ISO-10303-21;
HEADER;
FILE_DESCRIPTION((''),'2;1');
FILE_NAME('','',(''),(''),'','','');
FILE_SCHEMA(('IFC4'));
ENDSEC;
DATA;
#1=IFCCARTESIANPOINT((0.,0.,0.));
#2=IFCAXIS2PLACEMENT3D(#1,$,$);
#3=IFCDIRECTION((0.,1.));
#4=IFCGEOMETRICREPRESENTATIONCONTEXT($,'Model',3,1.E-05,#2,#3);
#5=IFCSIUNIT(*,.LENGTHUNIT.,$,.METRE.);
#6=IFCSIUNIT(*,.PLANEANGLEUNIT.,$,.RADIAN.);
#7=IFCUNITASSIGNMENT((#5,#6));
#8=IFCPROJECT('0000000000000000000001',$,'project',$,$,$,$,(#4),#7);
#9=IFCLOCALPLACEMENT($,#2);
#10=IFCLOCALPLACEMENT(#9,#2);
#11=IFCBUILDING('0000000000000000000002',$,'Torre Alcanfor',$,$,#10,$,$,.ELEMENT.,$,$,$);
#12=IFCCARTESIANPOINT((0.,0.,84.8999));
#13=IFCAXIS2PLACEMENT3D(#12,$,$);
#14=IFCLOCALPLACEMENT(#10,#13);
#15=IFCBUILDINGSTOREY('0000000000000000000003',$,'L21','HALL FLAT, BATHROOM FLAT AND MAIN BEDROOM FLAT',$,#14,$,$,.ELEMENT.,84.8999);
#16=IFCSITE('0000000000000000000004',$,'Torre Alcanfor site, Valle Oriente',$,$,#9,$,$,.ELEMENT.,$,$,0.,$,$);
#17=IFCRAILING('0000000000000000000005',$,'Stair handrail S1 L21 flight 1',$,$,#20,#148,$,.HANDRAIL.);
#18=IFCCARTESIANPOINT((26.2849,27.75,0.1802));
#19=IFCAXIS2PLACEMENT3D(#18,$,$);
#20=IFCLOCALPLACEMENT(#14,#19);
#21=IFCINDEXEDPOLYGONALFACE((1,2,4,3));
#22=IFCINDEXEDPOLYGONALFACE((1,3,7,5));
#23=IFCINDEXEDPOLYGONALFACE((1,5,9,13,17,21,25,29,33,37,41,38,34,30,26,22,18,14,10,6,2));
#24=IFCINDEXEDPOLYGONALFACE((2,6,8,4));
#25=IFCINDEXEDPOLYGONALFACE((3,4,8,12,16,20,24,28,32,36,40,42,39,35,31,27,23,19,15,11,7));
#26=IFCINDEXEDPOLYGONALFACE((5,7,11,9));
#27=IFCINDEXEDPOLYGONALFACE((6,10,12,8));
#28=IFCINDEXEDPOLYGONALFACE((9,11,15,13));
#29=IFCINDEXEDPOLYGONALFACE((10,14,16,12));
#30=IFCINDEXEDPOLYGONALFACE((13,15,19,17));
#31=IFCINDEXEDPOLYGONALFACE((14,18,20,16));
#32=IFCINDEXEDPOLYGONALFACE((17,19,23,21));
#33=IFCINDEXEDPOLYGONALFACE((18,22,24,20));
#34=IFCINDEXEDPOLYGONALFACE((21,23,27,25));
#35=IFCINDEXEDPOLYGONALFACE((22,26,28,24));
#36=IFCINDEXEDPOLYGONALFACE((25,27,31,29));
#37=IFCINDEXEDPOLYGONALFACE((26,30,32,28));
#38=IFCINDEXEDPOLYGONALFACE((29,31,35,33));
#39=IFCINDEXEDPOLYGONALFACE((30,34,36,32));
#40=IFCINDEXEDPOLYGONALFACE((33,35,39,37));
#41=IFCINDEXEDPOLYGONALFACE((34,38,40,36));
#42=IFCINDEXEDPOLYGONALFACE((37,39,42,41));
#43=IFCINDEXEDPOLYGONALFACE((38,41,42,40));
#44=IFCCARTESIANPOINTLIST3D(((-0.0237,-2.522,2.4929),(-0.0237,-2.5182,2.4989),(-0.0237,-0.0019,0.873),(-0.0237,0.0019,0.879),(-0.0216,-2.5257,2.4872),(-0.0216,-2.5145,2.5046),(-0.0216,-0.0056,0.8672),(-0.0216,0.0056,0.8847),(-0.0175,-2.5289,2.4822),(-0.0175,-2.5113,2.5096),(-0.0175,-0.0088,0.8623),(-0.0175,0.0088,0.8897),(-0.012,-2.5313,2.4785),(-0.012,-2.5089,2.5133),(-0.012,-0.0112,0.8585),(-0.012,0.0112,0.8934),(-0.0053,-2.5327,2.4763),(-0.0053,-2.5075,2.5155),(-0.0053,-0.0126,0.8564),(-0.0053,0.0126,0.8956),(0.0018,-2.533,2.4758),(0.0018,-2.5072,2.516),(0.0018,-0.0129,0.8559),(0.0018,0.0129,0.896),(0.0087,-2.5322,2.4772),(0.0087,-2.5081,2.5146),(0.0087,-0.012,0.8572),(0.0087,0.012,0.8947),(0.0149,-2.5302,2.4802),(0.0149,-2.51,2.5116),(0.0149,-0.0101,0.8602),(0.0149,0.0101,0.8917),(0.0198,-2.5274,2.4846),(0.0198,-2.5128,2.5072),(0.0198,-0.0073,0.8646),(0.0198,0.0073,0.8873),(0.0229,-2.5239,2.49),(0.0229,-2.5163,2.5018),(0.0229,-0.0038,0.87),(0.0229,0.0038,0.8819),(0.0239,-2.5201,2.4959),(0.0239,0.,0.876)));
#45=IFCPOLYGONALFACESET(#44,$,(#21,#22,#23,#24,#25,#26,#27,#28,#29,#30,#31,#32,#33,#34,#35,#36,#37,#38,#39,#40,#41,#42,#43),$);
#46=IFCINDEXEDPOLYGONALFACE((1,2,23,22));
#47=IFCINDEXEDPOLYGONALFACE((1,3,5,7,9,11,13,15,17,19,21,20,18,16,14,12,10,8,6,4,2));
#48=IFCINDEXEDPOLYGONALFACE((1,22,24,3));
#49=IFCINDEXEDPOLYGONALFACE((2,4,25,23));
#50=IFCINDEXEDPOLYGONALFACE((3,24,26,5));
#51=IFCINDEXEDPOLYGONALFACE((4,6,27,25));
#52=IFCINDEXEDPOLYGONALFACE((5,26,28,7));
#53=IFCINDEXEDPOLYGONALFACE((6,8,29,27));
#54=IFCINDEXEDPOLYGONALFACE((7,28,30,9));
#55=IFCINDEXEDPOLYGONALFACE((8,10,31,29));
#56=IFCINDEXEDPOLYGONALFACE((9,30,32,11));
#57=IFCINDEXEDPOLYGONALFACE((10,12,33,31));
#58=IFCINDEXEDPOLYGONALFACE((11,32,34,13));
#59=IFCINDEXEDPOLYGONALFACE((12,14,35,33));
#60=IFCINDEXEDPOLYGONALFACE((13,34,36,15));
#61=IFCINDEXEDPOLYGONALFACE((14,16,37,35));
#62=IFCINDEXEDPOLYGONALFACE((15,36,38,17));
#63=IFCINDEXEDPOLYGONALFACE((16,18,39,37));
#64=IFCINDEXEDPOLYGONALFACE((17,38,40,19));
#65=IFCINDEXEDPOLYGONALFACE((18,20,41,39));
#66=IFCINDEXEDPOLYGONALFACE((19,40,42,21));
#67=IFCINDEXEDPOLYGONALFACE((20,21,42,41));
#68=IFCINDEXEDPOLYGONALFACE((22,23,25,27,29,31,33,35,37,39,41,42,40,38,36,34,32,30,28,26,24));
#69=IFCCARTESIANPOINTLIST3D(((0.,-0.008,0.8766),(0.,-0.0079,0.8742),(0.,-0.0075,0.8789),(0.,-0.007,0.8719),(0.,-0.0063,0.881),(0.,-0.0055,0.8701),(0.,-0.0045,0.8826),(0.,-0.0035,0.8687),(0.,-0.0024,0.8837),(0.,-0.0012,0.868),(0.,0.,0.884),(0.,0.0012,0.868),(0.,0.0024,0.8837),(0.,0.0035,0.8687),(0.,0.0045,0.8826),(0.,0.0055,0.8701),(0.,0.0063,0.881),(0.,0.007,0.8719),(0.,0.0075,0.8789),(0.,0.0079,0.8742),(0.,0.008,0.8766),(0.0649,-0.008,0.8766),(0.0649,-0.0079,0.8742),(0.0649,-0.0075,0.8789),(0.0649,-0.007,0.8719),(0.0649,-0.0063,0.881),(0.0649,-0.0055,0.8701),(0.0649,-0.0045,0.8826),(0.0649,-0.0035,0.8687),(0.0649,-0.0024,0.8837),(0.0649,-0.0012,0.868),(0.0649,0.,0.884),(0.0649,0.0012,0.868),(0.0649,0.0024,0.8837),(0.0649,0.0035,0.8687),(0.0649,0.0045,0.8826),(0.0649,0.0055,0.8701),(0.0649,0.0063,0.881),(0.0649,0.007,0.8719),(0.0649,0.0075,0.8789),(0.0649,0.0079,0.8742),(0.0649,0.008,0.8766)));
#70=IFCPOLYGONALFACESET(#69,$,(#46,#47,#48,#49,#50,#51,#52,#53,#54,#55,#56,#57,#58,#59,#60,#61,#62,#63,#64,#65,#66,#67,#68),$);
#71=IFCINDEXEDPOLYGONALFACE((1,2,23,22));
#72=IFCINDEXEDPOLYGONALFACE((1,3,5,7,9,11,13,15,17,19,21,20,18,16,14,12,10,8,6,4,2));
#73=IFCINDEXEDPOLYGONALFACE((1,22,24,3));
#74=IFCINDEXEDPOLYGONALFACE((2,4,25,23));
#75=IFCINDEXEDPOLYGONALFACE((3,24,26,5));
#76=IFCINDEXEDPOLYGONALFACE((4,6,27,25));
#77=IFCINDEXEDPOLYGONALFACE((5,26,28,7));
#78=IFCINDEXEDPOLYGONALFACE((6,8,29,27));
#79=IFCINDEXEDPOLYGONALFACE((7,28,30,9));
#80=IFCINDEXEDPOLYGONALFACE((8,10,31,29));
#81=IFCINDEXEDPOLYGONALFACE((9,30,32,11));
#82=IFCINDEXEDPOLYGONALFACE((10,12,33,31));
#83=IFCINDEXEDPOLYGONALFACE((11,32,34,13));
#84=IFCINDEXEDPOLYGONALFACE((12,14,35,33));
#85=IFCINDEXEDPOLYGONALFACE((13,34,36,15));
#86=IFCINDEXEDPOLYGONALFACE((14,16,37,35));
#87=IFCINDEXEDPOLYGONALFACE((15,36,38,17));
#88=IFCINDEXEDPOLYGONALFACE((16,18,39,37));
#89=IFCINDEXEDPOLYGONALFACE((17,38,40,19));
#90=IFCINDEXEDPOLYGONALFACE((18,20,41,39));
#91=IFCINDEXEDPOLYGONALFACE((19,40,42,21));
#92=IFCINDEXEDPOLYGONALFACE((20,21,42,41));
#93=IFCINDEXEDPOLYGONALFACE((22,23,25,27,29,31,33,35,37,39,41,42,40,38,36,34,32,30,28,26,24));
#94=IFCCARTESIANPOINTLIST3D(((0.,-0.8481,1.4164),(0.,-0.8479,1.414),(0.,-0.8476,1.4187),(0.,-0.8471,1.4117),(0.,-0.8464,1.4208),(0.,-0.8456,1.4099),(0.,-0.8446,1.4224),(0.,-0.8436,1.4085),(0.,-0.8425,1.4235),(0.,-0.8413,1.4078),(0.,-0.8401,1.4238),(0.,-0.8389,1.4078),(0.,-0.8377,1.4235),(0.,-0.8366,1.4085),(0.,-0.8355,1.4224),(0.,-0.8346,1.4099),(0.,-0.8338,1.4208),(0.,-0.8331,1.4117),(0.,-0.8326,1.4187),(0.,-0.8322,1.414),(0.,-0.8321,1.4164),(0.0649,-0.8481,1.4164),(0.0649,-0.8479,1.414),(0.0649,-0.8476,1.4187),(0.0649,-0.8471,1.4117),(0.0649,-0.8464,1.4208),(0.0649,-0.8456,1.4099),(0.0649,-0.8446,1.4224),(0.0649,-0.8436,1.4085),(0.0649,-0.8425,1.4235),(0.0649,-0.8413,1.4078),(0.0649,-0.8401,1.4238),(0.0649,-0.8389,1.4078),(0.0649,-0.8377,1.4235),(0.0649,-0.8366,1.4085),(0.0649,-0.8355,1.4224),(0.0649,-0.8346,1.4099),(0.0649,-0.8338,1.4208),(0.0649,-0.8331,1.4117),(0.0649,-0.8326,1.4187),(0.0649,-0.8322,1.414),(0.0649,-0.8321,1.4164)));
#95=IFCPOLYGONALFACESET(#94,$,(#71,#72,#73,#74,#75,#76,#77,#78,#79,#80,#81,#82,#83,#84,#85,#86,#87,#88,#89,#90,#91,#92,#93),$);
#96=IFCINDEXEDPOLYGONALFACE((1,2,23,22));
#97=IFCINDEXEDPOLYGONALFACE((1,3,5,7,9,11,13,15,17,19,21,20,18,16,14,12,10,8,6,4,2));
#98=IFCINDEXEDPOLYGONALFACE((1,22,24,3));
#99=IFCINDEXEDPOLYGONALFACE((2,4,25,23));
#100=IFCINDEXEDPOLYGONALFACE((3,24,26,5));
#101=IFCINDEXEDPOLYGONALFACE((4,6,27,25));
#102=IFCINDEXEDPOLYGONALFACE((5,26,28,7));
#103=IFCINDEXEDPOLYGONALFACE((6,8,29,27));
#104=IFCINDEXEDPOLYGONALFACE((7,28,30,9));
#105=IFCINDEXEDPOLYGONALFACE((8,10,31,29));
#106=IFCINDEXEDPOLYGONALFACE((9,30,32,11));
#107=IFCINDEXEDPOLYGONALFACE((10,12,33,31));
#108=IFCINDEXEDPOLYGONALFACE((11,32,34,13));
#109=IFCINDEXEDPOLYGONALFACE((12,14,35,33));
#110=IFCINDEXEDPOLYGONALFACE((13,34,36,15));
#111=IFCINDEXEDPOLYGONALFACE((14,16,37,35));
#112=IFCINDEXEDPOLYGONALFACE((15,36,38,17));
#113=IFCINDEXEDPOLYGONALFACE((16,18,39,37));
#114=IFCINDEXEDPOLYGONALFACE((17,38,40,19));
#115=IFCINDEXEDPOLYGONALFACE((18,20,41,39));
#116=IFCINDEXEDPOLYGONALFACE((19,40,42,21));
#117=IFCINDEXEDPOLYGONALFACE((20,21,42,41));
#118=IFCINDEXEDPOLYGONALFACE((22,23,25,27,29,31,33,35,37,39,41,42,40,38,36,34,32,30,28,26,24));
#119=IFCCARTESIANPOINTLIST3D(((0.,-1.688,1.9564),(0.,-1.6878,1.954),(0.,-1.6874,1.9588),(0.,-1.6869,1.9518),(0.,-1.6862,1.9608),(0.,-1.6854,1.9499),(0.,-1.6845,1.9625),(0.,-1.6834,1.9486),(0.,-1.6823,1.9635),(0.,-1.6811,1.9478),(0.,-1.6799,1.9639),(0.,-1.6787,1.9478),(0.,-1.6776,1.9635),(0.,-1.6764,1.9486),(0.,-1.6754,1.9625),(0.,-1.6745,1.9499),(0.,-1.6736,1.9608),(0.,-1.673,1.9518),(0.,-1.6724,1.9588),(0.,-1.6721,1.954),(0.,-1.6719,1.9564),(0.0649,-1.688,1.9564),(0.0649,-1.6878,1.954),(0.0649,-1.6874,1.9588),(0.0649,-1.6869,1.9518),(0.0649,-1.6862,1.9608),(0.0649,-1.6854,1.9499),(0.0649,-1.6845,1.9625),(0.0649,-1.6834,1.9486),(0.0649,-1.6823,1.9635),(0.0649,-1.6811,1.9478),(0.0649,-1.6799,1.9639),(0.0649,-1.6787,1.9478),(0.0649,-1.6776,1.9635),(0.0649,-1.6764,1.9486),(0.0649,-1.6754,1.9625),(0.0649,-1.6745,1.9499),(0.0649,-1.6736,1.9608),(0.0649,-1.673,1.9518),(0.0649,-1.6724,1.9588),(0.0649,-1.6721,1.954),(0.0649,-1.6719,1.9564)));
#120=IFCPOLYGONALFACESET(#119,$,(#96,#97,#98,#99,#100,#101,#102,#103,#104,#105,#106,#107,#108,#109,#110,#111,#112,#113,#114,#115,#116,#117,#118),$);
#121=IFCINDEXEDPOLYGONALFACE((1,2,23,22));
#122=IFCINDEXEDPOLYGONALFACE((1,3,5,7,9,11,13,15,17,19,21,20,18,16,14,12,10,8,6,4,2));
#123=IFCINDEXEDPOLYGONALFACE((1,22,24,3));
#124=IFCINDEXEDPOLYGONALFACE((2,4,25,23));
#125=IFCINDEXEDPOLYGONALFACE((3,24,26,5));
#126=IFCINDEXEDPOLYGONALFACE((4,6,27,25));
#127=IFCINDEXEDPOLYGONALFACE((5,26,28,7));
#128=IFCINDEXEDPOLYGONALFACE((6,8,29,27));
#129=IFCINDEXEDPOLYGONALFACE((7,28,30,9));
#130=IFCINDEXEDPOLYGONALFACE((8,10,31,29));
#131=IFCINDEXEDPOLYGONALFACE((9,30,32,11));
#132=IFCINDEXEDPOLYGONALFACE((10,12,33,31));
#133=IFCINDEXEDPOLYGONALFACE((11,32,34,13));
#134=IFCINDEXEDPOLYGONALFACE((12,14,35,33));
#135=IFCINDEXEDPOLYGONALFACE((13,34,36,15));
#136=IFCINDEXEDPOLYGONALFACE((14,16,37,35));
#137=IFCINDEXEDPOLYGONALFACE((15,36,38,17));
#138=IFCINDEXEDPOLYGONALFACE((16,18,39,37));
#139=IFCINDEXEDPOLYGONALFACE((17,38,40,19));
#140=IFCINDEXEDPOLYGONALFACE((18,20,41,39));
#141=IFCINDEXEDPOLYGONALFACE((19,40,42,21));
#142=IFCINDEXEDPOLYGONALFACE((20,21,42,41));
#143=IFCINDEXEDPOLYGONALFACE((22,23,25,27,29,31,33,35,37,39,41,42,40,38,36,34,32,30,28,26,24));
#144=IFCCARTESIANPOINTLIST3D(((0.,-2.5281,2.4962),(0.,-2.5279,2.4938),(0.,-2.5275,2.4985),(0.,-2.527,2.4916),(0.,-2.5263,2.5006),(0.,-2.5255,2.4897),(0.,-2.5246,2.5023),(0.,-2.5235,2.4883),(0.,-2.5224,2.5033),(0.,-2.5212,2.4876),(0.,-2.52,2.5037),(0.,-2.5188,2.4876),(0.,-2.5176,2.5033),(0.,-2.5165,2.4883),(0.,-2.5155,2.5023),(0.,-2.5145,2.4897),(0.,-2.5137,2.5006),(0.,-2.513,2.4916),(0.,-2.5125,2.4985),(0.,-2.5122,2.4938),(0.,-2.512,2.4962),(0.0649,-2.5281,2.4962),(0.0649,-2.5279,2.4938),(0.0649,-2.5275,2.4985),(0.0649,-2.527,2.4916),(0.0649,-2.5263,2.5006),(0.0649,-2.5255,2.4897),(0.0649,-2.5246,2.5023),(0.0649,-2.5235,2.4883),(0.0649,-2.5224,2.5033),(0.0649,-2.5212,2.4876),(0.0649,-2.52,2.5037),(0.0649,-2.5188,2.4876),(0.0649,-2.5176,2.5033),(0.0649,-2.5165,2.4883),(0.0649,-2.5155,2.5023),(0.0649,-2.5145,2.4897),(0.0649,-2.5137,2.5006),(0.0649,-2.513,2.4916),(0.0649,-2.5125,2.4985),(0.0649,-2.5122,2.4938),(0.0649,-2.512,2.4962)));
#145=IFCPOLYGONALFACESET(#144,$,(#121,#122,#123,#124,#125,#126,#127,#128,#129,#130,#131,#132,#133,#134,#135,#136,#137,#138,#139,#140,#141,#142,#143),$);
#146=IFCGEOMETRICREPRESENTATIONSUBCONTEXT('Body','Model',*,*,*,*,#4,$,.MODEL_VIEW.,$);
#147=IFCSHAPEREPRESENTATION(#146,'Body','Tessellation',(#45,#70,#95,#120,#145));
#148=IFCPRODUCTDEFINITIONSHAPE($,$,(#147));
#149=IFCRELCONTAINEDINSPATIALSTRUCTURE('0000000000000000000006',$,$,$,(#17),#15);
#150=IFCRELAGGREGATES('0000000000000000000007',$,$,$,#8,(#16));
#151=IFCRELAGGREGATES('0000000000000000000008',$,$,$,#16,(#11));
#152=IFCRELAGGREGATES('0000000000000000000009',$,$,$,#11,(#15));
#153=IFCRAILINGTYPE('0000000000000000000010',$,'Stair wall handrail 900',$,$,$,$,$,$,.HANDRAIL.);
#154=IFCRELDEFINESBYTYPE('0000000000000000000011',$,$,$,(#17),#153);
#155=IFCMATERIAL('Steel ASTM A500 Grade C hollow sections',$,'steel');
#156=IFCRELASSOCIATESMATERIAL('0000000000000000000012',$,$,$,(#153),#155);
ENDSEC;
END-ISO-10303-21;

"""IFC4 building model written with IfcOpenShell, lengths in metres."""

from ifc_helpers import new_model, si_unit, direction, frame, origin, origin_2d, place, context, subcontext, project, spatial, circle, extrude, material, type_object, element, save


model = new_model("IFC4")

# Units and contexts
model_context = context("Model", 3, precision=1e-05, world=origin(), true_north=direction((0.0, 1.0)))
body_context = subcontext(model_context, "Body", "Model", "MODEL_VIEW")
ifc_project = project(units=[si_unit("LENGTHUNIT", "METRE"), si_unit("PLANEANGLEUNIT", "RADIAN")], contexts=[model_context])

# Site, building, storey
site_placement = place(None, origin())
site = spatial("IfcSite", under=ifc_project, at=site_placement, Name="Torre Alcanfor site, Valle Oriente", CompositionType="ELEMENT", RefElevation=0.0)
building_placement = place(site_placement, origin())
building = spatial("IfcBuilding", under=site, at=building_placement, Name="Torre Alcanfor", CompositionType="ELEMENT")
storey_placement = place(building_placement, frame((0.0, 0.0, 84.8999)))
storey = spatial("IfcBuildingStorey", under=building, at=storey_placement, Name="L21", Description="HALL FLAT, BATHROOM FLAT AND MAIN BEDROOM FLAT", CompositionType="ELEMENT", Elevation=84.8999)

# Railing
ifc_material_1 = material(Name="Steel ASTM A500 Grade C hollow sections", Category="steel")
railing_type_1 = type_object("IfcRailingType", Name="Stair wall handrail 900", PredefinedType="HANDRAIL", material=ifc_material_1)
railing_1_placement = place(storey_placement, frame((26.2849, 27.75, 0.1802)))
element("IfcRailing", 1, at=railing_1_placement, inside=storey, type_object=railing_type_1, Name="Stair handrail S1 L21 flight 1", PredefinedType="HANDRAIL", context=body_context, shape_type="SweptSolid", body=[
    extrude(circle(Radius=0.0239, at=origin_2d()), frame((0.0, 0.0, 0.876), z_axis=(0.0, -0.8412, 0.540725), x_axis=(1.0, 0.0, 0.0)), (0.0, 0.0, 1.0), 2.9958),
    extrude(circle(Radius=0.0081, at=origin_2d()), frame((0.0, 0.0, 0.876), z_axis=(1.0, 0.0, 0.0), x_axis=(0.0, 0.0, 1.0)), (0.0, 0.0, 1.0), 0.0649),
    extrude(circle(Radius=0.0081, at=origin_2d()), frame((0.0, -0.8401, 1.4158), z_axis=(1.0, 0.0, 0.0), x_axis=(0.0, 0.0, 1.0)), (0.0, 0.0, 1.0), 0.0649),
    extrude(circle(Radius=0.0081, at=origin_2d()), frame((0.0, -1.6799, 1.9558), z_axis=(1.0, 0.0, 0.0), x_axis=(0.0, 0.0, 1.0)), (0.0, 0.0, 1.0), 0.0649),
    extrude(circle(Radius=0.0081, at=origin_2d()), frame((0.0, -2.52, 2.4956), z_axis=(1.0, 0.0, 0.0), x_axis=(0.0, 0.0, 1.0)), (0.0, 0.0, 1.0), 0.0649),
])

save(model, "model.ifc")
